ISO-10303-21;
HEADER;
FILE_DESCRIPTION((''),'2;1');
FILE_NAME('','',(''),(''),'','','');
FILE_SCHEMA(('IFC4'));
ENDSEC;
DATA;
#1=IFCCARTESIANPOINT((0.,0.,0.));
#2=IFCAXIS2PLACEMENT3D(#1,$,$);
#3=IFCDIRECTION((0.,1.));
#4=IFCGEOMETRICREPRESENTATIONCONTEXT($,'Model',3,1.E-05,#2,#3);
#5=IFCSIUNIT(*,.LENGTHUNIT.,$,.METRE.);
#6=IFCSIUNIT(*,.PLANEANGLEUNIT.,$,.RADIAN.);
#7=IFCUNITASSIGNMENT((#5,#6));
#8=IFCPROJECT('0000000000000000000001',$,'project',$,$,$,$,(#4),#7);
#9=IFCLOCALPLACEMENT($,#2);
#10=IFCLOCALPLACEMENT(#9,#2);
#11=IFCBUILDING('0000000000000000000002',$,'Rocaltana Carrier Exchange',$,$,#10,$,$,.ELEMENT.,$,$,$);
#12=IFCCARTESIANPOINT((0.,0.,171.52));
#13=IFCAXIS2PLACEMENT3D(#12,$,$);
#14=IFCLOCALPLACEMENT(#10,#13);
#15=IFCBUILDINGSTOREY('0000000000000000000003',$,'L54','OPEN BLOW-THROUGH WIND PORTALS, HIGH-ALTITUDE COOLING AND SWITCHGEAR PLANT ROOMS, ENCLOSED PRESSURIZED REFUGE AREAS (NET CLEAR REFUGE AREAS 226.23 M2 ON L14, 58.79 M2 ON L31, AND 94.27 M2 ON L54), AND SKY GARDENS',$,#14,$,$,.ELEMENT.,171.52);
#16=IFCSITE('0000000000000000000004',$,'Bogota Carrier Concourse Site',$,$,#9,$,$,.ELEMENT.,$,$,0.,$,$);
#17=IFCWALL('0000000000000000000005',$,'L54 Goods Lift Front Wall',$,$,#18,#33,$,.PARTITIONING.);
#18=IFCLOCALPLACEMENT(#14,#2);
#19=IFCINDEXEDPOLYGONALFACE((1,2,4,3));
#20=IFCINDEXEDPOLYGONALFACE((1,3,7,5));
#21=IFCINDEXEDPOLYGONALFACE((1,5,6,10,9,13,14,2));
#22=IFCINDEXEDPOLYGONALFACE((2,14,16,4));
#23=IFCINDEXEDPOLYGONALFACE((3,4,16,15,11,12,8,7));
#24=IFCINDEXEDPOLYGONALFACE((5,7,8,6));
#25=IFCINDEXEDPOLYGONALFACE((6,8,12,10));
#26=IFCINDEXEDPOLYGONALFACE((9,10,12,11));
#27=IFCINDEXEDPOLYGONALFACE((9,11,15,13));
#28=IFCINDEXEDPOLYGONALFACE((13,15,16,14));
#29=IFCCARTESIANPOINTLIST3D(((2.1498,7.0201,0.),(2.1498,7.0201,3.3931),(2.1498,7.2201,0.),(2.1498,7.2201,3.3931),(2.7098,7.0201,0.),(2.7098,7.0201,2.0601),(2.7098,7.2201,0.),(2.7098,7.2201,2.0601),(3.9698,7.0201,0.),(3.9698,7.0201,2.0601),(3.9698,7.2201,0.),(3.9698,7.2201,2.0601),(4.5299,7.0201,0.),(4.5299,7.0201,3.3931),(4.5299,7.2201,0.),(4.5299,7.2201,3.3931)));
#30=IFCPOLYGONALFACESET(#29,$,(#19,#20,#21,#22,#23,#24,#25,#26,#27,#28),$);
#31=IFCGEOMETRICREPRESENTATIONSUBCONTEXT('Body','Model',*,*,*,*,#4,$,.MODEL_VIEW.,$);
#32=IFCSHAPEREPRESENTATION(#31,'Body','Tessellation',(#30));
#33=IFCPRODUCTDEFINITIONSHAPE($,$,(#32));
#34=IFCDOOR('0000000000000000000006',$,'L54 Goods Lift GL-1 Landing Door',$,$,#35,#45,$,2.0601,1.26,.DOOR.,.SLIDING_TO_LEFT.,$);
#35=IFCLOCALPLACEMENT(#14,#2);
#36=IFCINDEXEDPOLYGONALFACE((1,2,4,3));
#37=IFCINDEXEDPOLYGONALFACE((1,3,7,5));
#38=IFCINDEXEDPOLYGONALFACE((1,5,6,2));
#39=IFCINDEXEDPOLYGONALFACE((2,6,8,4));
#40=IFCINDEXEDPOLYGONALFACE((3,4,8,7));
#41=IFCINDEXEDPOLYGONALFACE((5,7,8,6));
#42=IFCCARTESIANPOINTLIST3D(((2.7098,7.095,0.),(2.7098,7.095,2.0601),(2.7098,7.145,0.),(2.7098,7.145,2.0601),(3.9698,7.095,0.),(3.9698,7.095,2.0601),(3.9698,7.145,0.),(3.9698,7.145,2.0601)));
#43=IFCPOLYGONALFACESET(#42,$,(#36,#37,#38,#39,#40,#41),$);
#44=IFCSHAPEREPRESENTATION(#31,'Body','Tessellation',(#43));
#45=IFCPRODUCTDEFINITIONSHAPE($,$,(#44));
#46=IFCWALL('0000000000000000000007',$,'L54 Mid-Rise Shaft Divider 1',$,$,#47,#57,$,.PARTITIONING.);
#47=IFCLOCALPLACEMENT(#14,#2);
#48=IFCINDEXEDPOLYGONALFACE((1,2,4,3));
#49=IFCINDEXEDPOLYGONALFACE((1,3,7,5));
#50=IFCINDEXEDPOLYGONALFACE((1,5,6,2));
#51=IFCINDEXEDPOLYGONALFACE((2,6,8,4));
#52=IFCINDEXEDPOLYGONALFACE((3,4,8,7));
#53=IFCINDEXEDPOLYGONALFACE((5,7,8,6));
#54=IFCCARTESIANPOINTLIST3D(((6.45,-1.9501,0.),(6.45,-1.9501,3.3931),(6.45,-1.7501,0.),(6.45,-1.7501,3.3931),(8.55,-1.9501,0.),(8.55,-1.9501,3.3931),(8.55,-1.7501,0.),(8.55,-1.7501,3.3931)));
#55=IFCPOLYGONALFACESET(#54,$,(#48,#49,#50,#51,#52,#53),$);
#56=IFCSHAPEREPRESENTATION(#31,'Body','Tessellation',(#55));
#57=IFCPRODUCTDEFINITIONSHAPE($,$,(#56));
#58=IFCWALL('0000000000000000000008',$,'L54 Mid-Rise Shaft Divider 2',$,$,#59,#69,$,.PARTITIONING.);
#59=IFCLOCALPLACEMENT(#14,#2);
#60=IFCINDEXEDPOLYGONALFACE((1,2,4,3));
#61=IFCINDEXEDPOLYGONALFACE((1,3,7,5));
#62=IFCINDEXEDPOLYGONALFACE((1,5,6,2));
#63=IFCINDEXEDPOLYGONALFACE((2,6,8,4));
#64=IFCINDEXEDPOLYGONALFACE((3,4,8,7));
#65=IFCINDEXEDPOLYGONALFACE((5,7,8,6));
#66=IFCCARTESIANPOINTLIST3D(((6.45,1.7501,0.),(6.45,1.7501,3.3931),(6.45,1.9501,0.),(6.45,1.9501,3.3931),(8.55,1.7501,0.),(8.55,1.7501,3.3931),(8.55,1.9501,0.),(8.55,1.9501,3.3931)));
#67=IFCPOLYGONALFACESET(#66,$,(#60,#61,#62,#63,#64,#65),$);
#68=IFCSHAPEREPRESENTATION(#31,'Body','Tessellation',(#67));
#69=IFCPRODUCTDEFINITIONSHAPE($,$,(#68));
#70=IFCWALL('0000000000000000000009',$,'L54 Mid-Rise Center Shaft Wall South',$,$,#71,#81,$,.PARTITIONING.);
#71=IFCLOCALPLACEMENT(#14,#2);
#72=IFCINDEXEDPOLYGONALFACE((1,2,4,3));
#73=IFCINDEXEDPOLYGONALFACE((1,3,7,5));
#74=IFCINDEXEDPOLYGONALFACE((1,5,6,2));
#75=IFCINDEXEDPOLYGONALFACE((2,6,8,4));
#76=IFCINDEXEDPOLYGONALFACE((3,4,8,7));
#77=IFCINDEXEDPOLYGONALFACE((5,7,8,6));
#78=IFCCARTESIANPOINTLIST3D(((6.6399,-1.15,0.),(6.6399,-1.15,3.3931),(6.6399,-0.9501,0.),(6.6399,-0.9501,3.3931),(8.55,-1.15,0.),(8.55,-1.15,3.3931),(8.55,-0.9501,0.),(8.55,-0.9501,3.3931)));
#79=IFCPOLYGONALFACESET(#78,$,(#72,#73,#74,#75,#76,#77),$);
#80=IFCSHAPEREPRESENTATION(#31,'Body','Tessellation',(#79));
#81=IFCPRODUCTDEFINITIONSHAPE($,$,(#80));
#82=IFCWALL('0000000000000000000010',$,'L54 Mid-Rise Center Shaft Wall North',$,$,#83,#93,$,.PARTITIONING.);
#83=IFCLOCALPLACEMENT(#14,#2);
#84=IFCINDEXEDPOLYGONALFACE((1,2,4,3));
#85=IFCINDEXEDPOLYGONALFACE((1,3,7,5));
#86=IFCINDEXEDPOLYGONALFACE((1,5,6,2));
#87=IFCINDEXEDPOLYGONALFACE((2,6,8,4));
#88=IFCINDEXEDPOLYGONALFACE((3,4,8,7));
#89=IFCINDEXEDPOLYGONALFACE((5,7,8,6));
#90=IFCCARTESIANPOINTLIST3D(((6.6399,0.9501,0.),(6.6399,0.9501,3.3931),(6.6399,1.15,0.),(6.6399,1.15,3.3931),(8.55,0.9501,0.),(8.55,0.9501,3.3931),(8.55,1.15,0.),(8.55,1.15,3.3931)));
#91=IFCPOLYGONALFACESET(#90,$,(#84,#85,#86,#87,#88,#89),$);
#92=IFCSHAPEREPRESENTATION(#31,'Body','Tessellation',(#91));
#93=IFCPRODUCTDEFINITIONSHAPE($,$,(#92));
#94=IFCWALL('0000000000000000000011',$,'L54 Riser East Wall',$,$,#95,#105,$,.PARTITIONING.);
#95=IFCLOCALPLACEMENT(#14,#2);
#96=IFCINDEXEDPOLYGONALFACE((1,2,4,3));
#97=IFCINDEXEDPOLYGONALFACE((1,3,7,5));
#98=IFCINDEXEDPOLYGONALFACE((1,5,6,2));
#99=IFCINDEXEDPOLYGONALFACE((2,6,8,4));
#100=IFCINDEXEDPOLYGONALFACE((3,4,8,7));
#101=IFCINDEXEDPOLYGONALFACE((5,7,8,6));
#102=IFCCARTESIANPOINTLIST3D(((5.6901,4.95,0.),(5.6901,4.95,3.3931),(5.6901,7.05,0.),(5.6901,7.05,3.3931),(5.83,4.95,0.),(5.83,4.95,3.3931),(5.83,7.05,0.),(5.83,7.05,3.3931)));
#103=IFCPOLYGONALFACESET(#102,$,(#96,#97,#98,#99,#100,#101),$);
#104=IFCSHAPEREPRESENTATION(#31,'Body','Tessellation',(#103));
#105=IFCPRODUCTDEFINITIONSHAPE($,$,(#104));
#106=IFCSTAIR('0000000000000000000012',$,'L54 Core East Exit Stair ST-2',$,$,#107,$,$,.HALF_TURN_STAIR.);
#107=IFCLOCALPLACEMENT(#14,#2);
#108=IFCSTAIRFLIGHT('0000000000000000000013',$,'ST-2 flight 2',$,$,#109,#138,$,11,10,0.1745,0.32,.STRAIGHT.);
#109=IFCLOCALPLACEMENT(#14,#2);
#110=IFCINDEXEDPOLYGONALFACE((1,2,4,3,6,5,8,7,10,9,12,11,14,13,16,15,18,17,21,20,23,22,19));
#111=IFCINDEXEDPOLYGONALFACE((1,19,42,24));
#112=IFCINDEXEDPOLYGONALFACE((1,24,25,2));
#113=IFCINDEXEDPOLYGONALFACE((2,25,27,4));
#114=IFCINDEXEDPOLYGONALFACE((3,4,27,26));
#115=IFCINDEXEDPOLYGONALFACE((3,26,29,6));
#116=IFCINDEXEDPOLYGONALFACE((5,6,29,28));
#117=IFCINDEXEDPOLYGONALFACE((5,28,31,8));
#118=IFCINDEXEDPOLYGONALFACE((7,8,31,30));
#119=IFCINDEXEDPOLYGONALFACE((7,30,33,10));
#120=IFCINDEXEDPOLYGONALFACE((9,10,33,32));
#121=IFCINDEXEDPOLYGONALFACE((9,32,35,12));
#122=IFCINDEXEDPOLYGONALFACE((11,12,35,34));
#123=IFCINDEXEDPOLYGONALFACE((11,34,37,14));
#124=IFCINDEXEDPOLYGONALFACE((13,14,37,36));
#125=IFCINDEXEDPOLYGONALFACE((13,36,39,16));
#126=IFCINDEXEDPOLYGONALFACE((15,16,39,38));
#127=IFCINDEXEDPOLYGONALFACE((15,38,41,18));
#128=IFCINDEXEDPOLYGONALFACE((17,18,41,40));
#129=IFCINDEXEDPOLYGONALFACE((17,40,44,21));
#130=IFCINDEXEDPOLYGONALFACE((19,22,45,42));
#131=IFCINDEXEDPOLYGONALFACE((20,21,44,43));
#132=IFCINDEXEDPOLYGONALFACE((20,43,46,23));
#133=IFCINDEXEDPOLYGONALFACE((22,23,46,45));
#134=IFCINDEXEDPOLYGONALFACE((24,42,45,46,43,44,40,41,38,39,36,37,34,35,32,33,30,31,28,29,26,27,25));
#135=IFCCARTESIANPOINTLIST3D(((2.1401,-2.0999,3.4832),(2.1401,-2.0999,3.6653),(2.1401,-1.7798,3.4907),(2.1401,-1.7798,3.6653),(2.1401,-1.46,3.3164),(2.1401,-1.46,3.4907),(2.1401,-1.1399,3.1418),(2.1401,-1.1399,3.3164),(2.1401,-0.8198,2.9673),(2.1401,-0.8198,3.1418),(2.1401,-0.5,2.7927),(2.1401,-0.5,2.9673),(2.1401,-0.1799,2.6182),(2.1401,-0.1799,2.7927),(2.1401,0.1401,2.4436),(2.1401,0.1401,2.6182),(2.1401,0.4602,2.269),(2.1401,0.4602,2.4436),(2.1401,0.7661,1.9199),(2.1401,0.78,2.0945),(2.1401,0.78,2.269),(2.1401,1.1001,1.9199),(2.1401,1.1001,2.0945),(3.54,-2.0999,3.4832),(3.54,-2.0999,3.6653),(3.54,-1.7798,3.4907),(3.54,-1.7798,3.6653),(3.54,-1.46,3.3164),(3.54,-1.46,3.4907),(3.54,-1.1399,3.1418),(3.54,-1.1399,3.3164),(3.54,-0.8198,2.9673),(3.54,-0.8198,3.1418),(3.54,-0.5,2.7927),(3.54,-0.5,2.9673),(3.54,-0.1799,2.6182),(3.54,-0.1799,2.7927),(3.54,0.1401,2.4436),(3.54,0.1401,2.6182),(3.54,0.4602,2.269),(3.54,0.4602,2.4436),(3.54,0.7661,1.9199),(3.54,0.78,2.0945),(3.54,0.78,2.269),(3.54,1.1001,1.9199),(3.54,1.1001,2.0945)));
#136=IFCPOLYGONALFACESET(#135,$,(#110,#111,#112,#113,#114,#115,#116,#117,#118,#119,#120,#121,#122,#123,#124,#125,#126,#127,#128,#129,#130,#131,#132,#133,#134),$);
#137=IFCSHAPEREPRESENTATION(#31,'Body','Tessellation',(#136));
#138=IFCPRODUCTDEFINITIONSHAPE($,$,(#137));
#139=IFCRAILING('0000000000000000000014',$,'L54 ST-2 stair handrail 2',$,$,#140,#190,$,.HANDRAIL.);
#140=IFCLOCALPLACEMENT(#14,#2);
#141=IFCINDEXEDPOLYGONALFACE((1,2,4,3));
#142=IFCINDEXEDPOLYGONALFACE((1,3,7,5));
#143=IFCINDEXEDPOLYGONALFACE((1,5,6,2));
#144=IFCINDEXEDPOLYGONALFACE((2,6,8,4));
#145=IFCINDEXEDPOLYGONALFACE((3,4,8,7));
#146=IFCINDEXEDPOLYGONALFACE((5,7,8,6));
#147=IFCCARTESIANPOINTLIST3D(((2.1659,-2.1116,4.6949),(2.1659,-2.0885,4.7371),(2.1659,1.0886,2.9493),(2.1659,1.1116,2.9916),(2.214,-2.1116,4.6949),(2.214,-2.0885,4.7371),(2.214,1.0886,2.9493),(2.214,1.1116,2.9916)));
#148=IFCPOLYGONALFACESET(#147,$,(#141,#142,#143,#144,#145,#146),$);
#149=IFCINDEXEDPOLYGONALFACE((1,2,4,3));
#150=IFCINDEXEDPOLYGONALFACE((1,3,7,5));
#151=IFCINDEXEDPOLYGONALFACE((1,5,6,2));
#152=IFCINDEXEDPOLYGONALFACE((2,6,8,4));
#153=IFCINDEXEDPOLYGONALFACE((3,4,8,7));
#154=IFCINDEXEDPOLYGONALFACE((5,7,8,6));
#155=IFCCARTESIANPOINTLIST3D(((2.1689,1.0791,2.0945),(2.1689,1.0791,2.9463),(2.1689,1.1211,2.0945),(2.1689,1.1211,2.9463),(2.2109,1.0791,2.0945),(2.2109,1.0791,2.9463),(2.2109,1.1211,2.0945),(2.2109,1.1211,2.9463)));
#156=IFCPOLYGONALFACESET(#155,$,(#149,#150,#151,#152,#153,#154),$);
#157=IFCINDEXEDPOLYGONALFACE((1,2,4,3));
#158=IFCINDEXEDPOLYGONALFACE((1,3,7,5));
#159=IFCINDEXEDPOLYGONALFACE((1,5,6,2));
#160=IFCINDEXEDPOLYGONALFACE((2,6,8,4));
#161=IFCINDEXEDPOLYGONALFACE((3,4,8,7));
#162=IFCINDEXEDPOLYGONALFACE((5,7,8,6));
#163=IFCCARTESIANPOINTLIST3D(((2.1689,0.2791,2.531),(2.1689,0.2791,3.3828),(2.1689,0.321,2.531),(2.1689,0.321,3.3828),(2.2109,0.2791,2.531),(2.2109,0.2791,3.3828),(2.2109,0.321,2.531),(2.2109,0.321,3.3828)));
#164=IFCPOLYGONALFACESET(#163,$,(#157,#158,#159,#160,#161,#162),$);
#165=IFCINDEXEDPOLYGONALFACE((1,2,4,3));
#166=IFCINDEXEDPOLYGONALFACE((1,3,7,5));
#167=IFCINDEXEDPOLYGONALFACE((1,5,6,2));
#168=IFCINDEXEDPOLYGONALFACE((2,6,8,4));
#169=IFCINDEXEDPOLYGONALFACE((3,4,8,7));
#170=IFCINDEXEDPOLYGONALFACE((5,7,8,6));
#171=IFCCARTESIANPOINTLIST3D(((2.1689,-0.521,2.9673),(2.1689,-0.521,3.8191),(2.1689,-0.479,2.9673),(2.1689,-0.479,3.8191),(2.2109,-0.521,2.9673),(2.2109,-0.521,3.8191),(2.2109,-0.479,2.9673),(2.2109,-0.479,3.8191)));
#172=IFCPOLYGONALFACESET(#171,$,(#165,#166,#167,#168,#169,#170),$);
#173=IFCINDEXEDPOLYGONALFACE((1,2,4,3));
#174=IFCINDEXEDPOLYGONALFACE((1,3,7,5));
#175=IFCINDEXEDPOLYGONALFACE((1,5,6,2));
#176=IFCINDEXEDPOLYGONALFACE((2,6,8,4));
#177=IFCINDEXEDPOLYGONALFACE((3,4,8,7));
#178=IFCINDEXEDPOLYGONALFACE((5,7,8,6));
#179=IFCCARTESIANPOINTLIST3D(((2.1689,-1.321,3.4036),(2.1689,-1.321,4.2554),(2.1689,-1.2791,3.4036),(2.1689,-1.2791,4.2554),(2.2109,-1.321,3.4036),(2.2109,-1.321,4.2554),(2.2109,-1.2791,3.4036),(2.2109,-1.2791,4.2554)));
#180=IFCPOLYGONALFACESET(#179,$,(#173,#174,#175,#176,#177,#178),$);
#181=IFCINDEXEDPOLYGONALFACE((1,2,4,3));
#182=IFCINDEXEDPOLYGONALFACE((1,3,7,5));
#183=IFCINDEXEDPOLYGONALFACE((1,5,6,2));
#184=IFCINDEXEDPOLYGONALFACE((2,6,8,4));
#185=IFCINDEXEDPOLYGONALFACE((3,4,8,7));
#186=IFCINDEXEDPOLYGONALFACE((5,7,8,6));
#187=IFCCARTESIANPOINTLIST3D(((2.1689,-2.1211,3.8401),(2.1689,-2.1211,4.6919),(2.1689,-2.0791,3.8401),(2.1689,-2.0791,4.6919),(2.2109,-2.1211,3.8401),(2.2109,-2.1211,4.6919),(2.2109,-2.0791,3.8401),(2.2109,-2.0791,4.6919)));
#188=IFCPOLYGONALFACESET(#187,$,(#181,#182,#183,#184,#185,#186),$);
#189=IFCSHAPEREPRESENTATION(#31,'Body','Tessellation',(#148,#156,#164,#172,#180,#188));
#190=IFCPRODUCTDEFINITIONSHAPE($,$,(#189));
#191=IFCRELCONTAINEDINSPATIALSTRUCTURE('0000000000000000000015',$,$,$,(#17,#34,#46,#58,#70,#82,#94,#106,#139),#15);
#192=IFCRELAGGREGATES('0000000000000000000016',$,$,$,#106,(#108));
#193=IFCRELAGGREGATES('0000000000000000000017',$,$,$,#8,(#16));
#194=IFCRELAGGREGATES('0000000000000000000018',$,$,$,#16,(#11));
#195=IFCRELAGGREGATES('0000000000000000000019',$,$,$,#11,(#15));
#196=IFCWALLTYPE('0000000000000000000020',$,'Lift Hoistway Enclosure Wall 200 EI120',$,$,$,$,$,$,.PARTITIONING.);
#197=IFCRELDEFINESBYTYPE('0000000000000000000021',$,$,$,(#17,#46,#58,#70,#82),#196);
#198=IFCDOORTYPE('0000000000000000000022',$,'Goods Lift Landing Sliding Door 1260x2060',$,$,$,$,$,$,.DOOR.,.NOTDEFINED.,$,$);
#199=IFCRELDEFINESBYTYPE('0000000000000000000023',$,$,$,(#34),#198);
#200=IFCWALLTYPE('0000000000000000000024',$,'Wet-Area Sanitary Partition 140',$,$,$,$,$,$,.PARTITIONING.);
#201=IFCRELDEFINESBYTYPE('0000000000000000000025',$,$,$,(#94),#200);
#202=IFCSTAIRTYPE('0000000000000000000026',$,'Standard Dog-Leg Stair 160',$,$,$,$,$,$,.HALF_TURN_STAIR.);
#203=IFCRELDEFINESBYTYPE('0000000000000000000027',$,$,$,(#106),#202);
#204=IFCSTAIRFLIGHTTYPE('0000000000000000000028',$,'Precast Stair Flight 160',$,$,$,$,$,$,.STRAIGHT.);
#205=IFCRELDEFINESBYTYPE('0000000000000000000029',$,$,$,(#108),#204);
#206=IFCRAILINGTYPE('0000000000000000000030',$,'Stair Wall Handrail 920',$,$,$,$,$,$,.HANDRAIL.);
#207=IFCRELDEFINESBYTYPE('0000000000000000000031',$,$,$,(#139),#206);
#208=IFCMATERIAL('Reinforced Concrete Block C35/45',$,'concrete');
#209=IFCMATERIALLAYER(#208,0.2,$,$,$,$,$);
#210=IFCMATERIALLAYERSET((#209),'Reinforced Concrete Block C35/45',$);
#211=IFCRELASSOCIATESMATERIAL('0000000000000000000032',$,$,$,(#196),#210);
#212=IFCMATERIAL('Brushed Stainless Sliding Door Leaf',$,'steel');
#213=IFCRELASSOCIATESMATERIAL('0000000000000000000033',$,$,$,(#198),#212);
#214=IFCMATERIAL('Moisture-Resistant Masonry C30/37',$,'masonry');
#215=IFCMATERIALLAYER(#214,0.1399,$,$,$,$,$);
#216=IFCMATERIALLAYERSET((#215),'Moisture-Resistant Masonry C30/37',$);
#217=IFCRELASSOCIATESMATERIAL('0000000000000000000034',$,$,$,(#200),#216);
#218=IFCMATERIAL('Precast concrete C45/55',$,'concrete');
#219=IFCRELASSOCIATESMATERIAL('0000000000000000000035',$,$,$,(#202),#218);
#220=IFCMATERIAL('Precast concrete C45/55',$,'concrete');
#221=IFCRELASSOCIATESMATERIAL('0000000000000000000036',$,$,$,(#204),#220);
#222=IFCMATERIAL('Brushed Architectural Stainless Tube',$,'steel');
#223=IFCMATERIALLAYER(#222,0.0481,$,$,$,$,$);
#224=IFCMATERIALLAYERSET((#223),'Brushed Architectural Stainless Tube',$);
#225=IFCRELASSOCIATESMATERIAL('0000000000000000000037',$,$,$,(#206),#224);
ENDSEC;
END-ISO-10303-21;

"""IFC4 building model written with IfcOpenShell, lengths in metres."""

from ifc_helpers import new_model, si_unit, direction, frame, frame_2d, origin, origin_2d, place, context, subcontext, project, spatial, polyline, rectangle, outline, extrude, material, layer, layer_set, type_object, element, fill, aggregate, save


model = new_model("IFC4")

# Units and contexts
model_context = context("Model", 3, precision=1e-05, world=origin(), true_north=direction((0.0, 1.0)))
body_context = subcontext(model_context, "Body", "Model", "MODEL_VIEW")
ifc_project = project(units=[si_unit("LENGTHUNIT", "METRE"), si_unit("PLANEANGLEUNIT", "RADIAN")], contexts=[model_context])

# Site, building, storey
site_placement = place(None, origin())
site = spatial("IfcSite", under=ifc_project, at=site_placement, Name="Bogota Carrier Concourse Site", CompositionType="ELEMENT", RefElevation=0.0)
building_placement = place(site_placement, origin())
building = spatial("IfcBuilding", under=site, at=building_placement, Name="Rocaltana Carrier Exchange", CompositionType="ELEMENT")
storey_placement = place(building_placement, frame((0.0, 0.0, 171.52)))
storey = spatial("IfcBuildingStorey", under=building, at=storey_placement, Name="L54", Description="OPEN BLOW-THROUGH WIND PORTALS, HIGH-ALTITUDE COOLING AND SWITCHGEAR PLANT ROOMS, ENCLOSED PRESSURIZED REFUGE AREAS (NET CLEAR REFUGE AREAS 226.23 M2 ON L14, 58.79 M2 ON L31, AND 94.27 M2 ON L54), AND SKY GARDENS", CompositionType="ELEMENT", Elevation=171.52)

# Shared definitions
ifc_material_1 = material(Name="Reinforced Concrete Block C35/45", Category="concrete")
ifc_layer_1 = layer(ifc_material_1, 0.2)
ifc_layer_set_1 = layer_set([ifc_layer_1], Name="Reinforced Concrete Block C35/45")
wall_type_1 = type_object("IfcWallType", Name="Lift Hoistway Enclosure Wall 200 EI120", PredefinedType="PARTITIONING", material=ifc_layer_set_1)

# Wall, opening, door
wall_1_placement = place(storey_placement, frame((2.1499, 7.1201, 0.0), z_axis=(0.0, 0.0, 1.0), x_axis=(1.0, 0.0, 0.0)))
wall_1 = element("IfcWall", 1, at=wall_1_placement, inside=storey, type_object=wall_type_1, Name="L54 Goods Lift Front Wall", PredefinedType="PARTITIONING", context=body_context, shape_type="SweptSolid", body=[
    extrude(rectangle(XDim=2.3801, YDim=0.2, at=frame_2d((1.1899, 0.0))), origin(), (0.0, 0.0, 1.0), 3.3931),
])
opening_placement = place(wall_1_placement, frame((0.5601, 0.0, 0.0)))
opening = element("IfcOpeningElement", 2, at=opening_placement, cuts=wall_1, PredefinedType="OPENING", context=body_context, shape_type="SweptSolid", body=[
    extrude(rectangle(XDim=1.26, YDim=2.0601, at=frame_2d((0.6299, 1.03))), frame((0.0, 0.1099, 0.0), z_axis=(0.0, -1.0, 0.0), x_axis=(1.0, 0.0, 0.0)), (0.0, 0.0, 1.0), 0.22),
])
ifc_material_2 = material(Name="Brushed Stainless Sliding Door Leaf", Category="steel")
door_type = type_object("IfcDoorType", Name="Goods Lift Landing Sliding Door 1260x2060", OperationType="NOTDEFINED", PredefinedType="DOOR", material=ifc_material_2)
door_placement = place(opening_placement, origin())
door = element("IfcDoor", 3, at=door_placement, inside=storey, type_object=door_type, Name="L54 Goods Lift GL-1 Landing Door", OperationType="SLIDING_TO_LEFT", OverallHeight=2.0601, OverallWidth=1.26, PredefinedType="DOOR", context=body_context, shape_type="SweptSolid", body=[
    extrude(rectangle(XDim=1.26, YDim=2.0601, at=frame_2d((0.6299, 1.03))), frame((0.0, 0.0249, 0.0), z_axis=(0.0, -1.0, 0.0), x_axis=(1.0, 0.0, 0.0)), (0.0, 0.0, 1.0), 0.05),
])
fill(opening, door)

# Walls
for number, where, z_axis, x_axis, name in (
    (4, (6.45, -1.8501, 0.0), (0.0, 0.0, 1.0), (1.0, 0.0, 0.0), "L54 Mid-Rise Shaft Divider 1"),
    (5, (6.45, 1.8501, 0.0), (0.0, 0.0, 1.0), (1.0, 0.0, 0.0), "L54 Mid-Rise Shaft Divider 2"),
):
    element("IfcWall", number, at=place(storey_placement, frame(where, z_axis=z_axis, x_axis=x_axis)), inside=storey, type_object=wall_type_1, Name=name, PredefinedType="PARTITIONING", context=body_context, shape_type="SweptSolid", body=[
        extrude(rectangle(XDim=2.1001, YDim=0.2, at=frame_2d((1.05, 0.0))), origin(), (0.0, 0.0, 1.0), 3.3931),
    ])
for number, where, z_axis, x_axis, name in (
    (6, (6.6399, -1.05, 0.0), (0.0, 0.0, 1.0), (1.0, 0.0, 0.0), "L54 Mid-Rise Center Shaft Wall South"),
    (7, (6.6399, 1.05, 0.0), (0.0, 0.0, 1.0), (1.0, 0.0, 0.0), "L54 Mid-Rise Center Shaft Wall North"),
):
    element("IfcWall", number, at=place(storey_placement, frame(where, z_axis=z_axis, x_axis=x_axis)), inside=storey, type_object=wall_type_1, Name=name, PredefinedType="PARTITIONING", context=body_context, shape_type="SweptSolid", body=[
        extrude(rectangle(XDim=1.9102, YDim=0.2, at=frame_2d((0.9551, 0.0))), origin(), (0.0, 0.0, 1.0), 3.3931),
    ])
ifc_material_3 = material(Name="Moisture-Resistant Masonry C30/37", Category="masonry")
ifc_layer_2 = layer(ifc_material_3, 0.1399)
ifc_layer_set_2 = layer_set([ifc_layer_2], Name="Moisture-Resistant Masonry C30/37")
wall_type_2 = type_object("IfcWallType", Name="Wet-Area Sanitary Partition 140", PredefinedType="PARTITIONING", material=ifc_layer_set_2)
wall_2_placement = place(storey_placement, frame((5.76, 4.95, 0.0), z_axis=(0.0, 0.0, 1.0), x_axis=(0.0, 1.0, 0.0)))
element("IfcWall", 8, at=wall_2_placement, inside=storey, type_object=wall_type_2, Name="L54 Riser East Wall", PredefinedType="PARTITIONING", context=body_context, shape_type="SweptSolid", body=[
    extrude(rectangle(XDim=2.1001, YDim=0.1399, at=frame_2d((1.05, 0.0))), origin(), (0.0, 0.0, 1.0), 3.3931),
])

# Stair, stair flight
ifc_material_4 = material(Name="Precast concrete C45/55", Category="concrete")
stair_type = type_object("IfcStairType", Name="Standard Dog-Leg Stair 160", PredefinedType="HALF_TURN_STAIR", material=ifc_material_4)
stair_placement = place(storey_placement, origin())
stair = element("IfcStair", 9, at=stair_placement, inside=storey, type_object=stair_type, Name="L54 Core East Exit Stair ST-2", PredefinedType="HALF_TURN_STAIR")
ifc_material_5 = material(Name="Precast concrete C45/55", Category="concrete")
stair_flight_type = type_object("IfcStairFlightType", Name="Precast Stair Flight 160", PredefinedType="STRAIGHT", material=ifc_material_5)
stair_flight_placement = place(storey_placement, frame((2.8401, 1.1001, 1.9199), z_axis=(0.0, 0.0, 1.0), x_axis=(0.0, -1.0, 0.0)))
stair_flight = element("IfcStairFlight", 10, at=stair_flight_placement, type_object=stair_flight_type, Name="ST-2 flight 2", NumberOfRisers=11, NumberOfTreads=10, PredefinedType="STRAIGHT", RiserHeight=0.1745, TreadLength=0.32, context=body_context, shape_type="SweptSolid", body=[
    extrude(outline(polyline([(0.0, 0.0), (0.0, 0.1746), (0.3201, 0.1746), (0.3201, 0.3491), (0.6399, 0.3491), (0.6399, 0.5237), (0.96, 0.5237), (0.96, 0.6982), (1.28, 0.6982), (1.28, 0.8728), (1.6001, 0.8728), (1.6001, 1.0474), (1.9199, 1.0474), (1.9199, 1.2219), (2.24, 1.2219), (2.24, 1.3965), (2.5601, 1.3965), (2.5601, 1.5708), (2.8799, 1.5708), (2.8799, 1.7454), (3.2, 1.7454), (3.2, 1.9199), (3.2, 1.5632), (0.334, 0.0), (0.0, 0.0)])), frame((0.0, 0.7, 0.0), z_axis=(0.0, -1.0, 0.0), x_axis=(1.0, 0.0, 0.0)), (0.0, 0.0, 1.0), 1.3999),
])
aggregate(stair, [stair_flight])

# Railing
ifc_material_6 = material(Name="Brushed Architectural Stainless Tube", Category="steel")
ifc_layer_3 = layer(ifc_material_6, 0.0481)
ifc_layer_set_3 = layer_set([ifc_layer_3], Name="Brushed Architectural Stainless Tube")
railing_type_1 = type_object("IfcRailingType", Name="Stair Wall Handrail 920", PredefinedType="HANDRAIL", material=ifc_layer_set_3)
railing_1_placement = place(storey_placement, frame((2.1899, 1.1001, 2.0945)))
element("IfcRailing", 11, at=railing_1_placement, inside=storey, type_object=railing_type_1, Name="L54 ST-2 stair handrail 2", PredefinedType="HANDRAIL", context=body_context, shape_type="SweptSolid", body=[
    extrude(rectangle(XDim=0.0481, YDim=0.0481, at=origin_2d()), frame((0.0, 0.0, 0.876), z_axis=(0.0, -0.87789, 0.478862), x_axis=(1.0, 0.0, 0.0)), (0.0, 0.0, 1.0), 3.6453),
    extrude(rectangle(XDim=0.042, YDim=0.042, at=origin_2d()), origin(), (0.0, 0.0, 1.0), 0.8518),
    extrude(rectangle(XDim=0.042, YDim=0.042, at=origin_2d()), frame((0.0, -0.8, 0.4365)), (0.0, 0.0, 1.0), 0.8518),
    extrude(rectangle(XDim=0.042, YDim=0.042, at=origin_2d()), frame((0.0, -1.6001, 0.8728)), (0.0, 0.0, 1.0), 0.8518),
    extrude(rectangle(XDim=0.042, YDim=0.042, at=origin_2d()), frame((0.0, -2.4001, 1.3091)), (0.0, 0.0, 1.0), 0.8518),
    extrude(rectangle(XDim=0.042, YDim=0.042, at=origin_2d()), frame((0.0, -3.2002, 1.7456)), (0.0, 0.0, 1.0), 0.8518),
])

save(model, "model.ifc")
